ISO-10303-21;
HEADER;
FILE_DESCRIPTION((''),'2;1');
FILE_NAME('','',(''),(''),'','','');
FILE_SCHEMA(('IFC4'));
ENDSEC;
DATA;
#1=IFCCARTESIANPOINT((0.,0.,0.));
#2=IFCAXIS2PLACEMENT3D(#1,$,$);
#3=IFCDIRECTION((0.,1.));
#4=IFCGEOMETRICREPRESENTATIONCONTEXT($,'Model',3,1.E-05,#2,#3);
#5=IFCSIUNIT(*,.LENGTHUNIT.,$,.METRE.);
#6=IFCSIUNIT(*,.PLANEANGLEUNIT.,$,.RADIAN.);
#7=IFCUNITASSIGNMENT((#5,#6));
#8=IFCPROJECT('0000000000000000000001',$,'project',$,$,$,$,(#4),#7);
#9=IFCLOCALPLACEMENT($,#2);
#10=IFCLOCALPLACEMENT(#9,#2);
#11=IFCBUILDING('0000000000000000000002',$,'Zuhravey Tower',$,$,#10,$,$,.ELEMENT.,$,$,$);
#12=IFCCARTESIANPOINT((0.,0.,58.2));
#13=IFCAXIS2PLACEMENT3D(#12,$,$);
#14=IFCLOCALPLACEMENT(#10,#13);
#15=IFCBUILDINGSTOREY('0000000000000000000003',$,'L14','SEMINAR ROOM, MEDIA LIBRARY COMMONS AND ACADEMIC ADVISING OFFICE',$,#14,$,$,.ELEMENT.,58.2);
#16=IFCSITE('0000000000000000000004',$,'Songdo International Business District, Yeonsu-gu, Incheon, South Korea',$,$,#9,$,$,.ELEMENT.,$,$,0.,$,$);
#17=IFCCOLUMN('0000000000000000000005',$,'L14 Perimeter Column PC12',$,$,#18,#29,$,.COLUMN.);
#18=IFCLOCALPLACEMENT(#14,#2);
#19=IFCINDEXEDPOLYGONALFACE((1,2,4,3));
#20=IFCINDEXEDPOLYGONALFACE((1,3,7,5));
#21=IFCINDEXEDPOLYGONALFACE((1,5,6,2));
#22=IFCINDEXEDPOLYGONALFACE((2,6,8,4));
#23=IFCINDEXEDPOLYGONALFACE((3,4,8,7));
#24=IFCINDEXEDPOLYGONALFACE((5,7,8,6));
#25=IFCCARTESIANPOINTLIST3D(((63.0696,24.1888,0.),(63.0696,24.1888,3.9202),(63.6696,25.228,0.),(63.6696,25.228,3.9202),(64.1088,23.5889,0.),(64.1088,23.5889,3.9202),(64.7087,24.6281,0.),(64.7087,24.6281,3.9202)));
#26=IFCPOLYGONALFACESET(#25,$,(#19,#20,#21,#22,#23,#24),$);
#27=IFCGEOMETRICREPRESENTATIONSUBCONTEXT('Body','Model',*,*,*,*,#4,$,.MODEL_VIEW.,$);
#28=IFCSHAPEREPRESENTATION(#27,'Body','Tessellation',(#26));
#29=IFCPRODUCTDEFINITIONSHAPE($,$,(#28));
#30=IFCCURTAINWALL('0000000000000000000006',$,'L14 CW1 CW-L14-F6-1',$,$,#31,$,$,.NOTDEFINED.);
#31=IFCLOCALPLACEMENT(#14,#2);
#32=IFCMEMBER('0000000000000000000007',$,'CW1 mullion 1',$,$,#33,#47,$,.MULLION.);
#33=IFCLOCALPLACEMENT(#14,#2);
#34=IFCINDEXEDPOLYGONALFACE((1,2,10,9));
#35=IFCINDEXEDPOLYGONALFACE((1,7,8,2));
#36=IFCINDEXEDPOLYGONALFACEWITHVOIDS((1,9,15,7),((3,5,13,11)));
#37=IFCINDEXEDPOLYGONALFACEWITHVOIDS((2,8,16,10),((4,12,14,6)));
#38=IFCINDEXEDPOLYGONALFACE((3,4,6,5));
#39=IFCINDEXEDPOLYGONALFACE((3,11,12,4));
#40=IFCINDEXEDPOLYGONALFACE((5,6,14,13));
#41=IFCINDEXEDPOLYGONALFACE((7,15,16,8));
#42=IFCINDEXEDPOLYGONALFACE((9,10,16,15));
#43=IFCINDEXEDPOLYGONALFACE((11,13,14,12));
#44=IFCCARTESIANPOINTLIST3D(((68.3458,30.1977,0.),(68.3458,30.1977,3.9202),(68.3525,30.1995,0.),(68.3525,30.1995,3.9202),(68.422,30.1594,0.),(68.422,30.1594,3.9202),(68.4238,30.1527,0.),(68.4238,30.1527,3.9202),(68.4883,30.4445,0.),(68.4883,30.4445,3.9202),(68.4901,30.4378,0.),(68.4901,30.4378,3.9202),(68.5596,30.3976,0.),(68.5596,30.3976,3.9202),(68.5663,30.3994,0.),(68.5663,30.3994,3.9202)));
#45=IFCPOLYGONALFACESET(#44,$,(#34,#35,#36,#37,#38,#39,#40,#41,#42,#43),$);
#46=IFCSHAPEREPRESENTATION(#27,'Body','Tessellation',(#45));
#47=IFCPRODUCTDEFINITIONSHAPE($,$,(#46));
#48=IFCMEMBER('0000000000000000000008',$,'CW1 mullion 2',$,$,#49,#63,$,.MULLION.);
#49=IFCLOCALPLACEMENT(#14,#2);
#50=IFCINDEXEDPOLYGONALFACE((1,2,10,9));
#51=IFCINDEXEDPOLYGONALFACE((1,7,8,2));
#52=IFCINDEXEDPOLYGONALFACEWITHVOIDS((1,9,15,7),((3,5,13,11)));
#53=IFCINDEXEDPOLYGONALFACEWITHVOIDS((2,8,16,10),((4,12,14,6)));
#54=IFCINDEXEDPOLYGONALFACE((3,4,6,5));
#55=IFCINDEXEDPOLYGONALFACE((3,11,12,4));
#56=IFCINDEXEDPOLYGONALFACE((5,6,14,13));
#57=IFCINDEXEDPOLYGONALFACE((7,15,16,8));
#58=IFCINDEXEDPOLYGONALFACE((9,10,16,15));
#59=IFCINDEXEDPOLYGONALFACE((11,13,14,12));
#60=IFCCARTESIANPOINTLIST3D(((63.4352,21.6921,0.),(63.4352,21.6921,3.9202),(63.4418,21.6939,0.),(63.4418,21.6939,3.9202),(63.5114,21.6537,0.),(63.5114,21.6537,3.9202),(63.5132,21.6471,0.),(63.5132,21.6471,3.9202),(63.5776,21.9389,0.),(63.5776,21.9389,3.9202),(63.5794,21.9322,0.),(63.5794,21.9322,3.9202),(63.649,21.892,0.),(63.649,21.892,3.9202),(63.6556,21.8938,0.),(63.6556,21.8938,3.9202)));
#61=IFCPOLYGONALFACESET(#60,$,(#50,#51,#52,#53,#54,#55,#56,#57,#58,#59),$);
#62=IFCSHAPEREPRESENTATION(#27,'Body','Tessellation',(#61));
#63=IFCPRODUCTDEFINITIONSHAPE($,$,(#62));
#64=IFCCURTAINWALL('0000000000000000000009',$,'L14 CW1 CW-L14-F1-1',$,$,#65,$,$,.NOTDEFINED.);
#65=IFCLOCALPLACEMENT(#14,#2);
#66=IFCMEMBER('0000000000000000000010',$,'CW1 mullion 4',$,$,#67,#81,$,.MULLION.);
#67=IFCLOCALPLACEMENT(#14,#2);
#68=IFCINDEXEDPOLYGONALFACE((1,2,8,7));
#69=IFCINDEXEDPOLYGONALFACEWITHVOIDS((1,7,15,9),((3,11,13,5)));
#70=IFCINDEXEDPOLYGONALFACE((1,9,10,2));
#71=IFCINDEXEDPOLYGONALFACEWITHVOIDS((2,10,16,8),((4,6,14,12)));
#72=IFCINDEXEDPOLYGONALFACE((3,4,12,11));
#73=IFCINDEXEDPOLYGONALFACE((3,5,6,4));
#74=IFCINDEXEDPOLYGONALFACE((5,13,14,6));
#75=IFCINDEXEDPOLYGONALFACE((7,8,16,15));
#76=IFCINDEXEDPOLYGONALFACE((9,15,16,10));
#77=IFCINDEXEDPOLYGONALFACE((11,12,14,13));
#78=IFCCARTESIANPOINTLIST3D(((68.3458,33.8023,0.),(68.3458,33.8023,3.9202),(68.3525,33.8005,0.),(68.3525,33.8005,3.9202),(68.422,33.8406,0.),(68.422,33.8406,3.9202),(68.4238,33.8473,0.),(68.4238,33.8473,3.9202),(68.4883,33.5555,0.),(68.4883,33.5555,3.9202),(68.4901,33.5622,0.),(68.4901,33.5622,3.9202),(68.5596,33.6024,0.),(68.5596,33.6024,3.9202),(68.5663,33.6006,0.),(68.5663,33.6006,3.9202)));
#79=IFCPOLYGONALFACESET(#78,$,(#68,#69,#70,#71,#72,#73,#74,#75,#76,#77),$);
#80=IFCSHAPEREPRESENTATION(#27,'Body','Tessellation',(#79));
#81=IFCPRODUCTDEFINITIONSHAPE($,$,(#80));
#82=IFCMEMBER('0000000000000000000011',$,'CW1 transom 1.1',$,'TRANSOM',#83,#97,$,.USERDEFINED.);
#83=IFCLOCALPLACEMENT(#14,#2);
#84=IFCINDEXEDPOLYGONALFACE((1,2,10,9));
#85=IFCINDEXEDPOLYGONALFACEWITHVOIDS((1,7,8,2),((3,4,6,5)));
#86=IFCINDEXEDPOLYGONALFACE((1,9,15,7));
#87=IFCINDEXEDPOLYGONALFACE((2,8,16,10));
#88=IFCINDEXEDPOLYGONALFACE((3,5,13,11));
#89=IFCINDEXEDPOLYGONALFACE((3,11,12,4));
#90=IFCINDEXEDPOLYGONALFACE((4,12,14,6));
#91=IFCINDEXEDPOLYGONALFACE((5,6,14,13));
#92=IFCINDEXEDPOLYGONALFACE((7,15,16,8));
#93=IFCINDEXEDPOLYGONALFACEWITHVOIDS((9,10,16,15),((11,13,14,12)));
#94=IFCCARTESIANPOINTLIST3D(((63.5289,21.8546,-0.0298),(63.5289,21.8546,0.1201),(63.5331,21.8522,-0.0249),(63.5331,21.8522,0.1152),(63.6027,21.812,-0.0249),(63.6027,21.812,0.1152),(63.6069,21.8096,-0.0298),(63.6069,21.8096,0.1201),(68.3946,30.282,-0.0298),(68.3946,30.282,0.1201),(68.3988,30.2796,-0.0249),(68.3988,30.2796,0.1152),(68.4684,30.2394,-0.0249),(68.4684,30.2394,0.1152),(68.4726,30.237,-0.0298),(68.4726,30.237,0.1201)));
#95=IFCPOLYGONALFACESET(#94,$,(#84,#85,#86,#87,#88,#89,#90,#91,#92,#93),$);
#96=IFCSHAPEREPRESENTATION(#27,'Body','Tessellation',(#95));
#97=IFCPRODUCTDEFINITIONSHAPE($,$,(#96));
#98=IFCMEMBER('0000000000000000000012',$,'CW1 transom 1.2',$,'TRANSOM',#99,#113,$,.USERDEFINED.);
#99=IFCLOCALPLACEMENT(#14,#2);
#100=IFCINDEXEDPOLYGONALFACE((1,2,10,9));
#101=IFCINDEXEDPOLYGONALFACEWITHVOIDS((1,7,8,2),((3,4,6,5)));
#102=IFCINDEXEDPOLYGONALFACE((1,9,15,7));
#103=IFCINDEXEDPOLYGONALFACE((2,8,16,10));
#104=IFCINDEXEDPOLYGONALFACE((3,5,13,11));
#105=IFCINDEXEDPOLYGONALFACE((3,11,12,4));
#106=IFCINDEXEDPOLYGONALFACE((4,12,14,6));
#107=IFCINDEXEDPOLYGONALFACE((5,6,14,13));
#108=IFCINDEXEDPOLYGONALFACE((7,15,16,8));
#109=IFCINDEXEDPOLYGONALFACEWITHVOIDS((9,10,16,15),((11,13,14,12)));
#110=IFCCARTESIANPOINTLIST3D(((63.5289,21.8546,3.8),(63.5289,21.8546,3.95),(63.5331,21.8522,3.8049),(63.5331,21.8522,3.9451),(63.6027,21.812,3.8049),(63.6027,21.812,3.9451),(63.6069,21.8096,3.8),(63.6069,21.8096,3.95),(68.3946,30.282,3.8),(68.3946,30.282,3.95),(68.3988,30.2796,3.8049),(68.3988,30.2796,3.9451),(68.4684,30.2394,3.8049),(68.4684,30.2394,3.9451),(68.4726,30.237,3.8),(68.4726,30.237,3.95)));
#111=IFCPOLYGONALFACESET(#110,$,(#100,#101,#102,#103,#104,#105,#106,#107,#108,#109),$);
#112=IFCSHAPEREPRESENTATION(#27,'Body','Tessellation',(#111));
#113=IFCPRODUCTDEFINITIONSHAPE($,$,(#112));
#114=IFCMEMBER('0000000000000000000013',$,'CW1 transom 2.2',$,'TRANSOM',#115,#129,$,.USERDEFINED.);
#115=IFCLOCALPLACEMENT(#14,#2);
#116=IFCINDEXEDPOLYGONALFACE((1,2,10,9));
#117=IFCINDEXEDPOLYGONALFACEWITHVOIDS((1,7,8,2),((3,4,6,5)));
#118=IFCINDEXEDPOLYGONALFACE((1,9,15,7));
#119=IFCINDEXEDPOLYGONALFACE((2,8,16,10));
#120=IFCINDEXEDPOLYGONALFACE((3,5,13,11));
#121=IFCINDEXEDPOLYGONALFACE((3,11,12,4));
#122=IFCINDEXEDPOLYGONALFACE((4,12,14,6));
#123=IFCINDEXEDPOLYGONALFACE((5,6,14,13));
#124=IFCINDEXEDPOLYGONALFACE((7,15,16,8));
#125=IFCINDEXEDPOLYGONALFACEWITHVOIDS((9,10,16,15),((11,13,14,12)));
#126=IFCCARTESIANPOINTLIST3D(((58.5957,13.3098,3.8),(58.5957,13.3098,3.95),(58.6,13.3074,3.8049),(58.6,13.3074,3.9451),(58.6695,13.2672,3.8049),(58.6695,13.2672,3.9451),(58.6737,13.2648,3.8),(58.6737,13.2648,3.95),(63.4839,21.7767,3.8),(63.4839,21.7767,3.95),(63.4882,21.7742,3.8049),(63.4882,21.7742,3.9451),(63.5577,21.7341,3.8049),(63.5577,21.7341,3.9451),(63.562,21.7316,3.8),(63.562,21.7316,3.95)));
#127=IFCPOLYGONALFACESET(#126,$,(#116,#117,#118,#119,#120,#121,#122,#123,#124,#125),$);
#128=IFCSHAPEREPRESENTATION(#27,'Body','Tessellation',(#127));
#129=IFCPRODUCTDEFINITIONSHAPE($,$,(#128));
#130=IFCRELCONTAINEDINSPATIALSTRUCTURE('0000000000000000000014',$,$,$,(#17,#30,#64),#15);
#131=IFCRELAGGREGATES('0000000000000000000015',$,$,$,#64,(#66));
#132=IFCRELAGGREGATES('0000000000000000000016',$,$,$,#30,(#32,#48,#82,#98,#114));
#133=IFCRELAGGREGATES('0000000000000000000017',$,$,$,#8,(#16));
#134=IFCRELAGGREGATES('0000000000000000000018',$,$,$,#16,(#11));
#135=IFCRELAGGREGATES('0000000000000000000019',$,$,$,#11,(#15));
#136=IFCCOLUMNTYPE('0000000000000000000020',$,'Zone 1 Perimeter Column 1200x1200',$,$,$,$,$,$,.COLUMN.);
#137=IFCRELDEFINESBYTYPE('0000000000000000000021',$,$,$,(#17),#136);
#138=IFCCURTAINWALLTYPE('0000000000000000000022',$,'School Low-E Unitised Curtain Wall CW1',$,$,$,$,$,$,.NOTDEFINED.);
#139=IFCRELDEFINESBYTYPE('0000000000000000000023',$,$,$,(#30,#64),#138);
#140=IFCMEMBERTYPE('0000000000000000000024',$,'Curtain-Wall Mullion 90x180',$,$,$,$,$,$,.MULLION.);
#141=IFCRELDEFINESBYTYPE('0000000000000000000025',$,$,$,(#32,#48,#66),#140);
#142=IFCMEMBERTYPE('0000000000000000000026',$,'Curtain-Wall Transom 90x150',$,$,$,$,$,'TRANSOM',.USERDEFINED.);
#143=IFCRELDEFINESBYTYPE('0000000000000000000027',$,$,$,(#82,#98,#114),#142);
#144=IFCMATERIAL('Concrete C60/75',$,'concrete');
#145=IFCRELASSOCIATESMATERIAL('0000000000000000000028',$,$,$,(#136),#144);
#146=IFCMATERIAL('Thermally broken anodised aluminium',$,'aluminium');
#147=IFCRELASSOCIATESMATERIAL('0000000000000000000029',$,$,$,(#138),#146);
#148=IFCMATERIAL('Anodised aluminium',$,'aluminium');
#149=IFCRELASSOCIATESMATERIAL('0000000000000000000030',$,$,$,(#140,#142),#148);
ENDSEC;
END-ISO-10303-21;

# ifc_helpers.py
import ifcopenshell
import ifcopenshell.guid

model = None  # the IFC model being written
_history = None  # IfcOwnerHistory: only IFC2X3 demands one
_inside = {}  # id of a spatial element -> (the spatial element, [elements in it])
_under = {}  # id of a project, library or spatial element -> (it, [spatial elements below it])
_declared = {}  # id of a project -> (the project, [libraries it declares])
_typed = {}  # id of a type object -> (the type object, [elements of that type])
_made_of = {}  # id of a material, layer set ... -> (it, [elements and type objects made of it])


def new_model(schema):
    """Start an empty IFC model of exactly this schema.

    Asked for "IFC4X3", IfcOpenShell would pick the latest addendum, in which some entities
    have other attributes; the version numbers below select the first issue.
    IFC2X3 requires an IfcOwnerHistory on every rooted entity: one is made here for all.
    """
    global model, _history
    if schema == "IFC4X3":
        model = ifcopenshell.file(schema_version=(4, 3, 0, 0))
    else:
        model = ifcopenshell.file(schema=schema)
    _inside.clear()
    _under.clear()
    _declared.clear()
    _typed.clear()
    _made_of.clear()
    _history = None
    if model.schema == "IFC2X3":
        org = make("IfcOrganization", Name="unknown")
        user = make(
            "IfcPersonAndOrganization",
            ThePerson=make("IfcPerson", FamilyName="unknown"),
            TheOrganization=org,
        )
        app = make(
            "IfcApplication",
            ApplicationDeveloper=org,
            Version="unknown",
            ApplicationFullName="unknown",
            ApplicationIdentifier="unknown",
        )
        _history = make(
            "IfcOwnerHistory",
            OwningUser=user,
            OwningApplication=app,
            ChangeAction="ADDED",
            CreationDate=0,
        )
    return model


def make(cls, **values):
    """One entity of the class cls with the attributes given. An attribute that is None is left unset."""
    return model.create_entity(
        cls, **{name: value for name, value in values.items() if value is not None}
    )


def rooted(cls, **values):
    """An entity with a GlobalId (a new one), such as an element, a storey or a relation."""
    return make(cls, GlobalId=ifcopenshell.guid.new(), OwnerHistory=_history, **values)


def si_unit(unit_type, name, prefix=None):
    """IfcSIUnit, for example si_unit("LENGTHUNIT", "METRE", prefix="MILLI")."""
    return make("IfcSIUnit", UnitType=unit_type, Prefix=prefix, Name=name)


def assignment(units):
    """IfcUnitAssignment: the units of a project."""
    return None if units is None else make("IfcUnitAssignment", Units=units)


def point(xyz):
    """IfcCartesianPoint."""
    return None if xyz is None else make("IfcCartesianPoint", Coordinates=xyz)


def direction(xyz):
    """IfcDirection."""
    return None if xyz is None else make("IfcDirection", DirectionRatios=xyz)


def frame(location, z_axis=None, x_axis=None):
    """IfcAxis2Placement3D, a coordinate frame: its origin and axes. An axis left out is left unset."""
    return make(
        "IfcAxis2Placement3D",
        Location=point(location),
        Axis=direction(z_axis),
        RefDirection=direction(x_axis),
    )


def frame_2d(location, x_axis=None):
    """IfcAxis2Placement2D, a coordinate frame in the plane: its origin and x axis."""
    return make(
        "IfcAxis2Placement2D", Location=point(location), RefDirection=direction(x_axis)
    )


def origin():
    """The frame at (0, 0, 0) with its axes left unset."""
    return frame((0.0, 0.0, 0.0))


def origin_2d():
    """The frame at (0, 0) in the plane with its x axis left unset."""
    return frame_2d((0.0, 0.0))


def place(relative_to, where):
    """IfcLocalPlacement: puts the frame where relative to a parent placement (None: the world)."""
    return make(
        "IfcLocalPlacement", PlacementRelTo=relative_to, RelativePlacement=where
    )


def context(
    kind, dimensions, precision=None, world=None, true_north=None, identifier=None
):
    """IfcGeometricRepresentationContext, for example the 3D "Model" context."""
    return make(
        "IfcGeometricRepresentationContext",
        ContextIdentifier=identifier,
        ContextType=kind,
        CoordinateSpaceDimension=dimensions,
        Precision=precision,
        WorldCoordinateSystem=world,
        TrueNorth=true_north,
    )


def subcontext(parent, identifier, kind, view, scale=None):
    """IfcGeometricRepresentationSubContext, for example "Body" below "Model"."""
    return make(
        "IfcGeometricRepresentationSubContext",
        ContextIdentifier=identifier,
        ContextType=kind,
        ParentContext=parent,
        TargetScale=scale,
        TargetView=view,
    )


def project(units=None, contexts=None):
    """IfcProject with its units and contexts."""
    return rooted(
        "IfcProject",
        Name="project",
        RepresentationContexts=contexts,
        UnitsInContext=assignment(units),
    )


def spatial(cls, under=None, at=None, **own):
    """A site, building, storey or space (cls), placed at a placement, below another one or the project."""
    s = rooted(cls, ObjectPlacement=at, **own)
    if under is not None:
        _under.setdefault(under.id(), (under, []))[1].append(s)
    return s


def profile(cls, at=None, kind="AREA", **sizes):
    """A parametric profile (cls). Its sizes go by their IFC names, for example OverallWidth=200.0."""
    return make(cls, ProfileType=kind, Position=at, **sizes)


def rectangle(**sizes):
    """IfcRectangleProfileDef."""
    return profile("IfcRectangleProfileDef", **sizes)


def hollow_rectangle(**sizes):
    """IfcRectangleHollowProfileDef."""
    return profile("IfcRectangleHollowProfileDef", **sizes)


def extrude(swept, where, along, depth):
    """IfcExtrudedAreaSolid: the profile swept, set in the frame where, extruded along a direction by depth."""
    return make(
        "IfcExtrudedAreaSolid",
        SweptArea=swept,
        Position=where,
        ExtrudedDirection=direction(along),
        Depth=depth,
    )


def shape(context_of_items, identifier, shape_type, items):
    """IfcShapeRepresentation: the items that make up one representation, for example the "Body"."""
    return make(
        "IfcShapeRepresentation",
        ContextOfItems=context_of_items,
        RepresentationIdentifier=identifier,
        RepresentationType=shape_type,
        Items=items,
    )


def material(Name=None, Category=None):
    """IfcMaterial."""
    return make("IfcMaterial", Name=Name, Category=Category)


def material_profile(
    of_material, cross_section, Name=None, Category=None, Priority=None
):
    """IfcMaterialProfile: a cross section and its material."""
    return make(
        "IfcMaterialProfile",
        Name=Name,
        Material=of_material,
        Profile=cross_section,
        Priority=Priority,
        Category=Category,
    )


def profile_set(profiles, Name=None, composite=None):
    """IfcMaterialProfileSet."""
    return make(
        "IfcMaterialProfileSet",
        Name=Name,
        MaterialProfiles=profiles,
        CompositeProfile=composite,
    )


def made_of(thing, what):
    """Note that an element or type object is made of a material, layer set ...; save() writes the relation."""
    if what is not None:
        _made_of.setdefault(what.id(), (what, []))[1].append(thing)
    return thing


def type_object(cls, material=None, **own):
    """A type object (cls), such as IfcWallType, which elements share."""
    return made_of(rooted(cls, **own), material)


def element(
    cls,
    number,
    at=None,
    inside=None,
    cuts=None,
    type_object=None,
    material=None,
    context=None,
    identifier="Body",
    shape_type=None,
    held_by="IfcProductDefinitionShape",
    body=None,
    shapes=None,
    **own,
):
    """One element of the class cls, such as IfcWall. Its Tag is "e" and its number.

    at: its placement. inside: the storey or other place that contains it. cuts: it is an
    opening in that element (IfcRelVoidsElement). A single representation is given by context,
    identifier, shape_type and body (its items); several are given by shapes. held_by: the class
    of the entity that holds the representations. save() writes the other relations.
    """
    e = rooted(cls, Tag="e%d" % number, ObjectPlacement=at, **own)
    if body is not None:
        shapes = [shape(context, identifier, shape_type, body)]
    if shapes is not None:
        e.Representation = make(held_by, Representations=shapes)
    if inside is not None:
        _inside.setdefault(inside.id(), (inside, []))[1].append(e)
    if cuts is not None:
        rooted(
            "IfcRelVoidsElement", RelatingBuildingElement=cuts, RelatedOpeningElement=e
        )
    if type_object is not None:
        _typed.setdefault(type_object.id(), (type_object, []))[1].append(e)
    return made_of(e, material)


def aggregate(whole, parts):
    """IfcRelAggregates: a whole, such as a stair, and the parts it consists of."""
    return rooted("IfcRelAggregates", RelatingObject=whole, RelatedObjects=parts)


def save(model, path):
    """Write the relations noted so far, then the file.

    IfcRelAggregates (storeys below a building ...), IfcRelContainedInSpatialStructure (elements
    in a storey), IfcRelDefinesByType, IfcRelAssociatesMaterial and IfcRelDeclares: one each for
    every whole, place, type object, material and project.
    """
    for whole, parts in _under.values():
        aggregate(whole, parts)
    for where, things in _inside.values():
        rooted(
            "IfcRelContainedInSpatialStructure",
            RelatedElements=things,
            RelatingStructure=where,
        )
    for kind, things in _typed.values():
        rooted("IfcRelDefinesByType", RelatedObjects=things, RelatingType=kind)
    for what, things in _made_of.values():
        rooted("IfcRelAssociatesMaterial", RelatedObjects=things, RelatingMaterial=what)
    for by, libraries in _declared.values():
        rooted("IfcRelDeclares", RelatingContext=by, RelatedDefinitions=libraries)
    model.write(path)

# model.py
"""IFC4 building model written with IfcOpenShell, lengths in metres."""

from ifc_helpers import new_model, si_unit, direction, frame, origin, origin_2d, place, context, subcontext, project, spatial, rectangle, hollow_rectangle, extrude, material, material_profile, profile_set, type_object, element, aggregate, save


model = new_model("IFC4")

# Units and contexts
model_context = context("Model", 3, precision=1e-05, world=origin(), true_north=direction((0.0, 1.0)))
body_context = subcontext(model_context, "Body", "Model", "MODEL_VIEW")
ifc_project = project(units=[si_unit("LENGTHUNIT", "METRE"), si_unit("PLANEANGLEUNIT", "RADIAN")], contexts=[model_context])

# Site, building, storey
site_placement = place(None, origin())
site = spatial("IfcSite", under=ifc_project, at=site_placement, Name="Songdo International Business District, Yeonsu-gu, Incheon, South Korea", CompositionType="ELEMENT", RefElevation=0.0)
building_placement = place(site_placement, origin())
building = spatial("IfcBuilding", under=site, at=building_placement, Name="Zuhravey Tower", CompositionType="ELEMENT")
storey_placement = place(building_placement, frame((0.0, 0.0, 58.2)))
storey = spatial("IfcBuildingStorey", under=building, at=storey_placement, Name="L14", Description="SEMINAR ROOM, MEDIA LIBRARY COMMONS AND ACADEMIC ADVISING OFFICE", CompositionType="ELEMENT", Elevation=58.2)

# Column
ifc_material_1 = material(Name="Concrete C60/75", Category="concrete")
ifc_material_profile_1 = material_profile(ifc_material_1, rectangle(XDim=1.2, YDim=1.2, at=origin_2d()), Name="RC-1200x1200")
ifc_profile_set_1 = profile_set([ifc_material_profile_1], Name="Concrete C60/75")
column_type = type_object("IfcColumnType", Name="Zone 1 Perimeter Column 1200x1200", PredefinedType="COLUMN", material=ifc_profile_set_1)
column_placement = place(storey_placement, frame((63.8892, 24.4084, 0.0), z_axis=(0.0, 0.0, 1.0), x_axis=(0.5, 0.866025, 0.0)))
element("IfcColumn", 1, at=column_placement, inside=storey, type_object=column_type, Name="L14 Perimeter Column PC12", PredefinedType="COLUMN", context=body_context, shape_type="SweptSolid", body=[
    extrude(rectangle(XDim=1.2, YDim=1.2, at=origin_2d()), origin(), (0.0, 0.0, 1.0), 3.9202),
])

# Curtain wall, members
ifc_material_2 = material(Name="Thermally broken anodised aluminium", Category="aluminium")
curtain_wall_type = type_object("IfcCurtainWallType", Name="School Low-E Unitised Curtain Wall CW1", PredefinedType="NOTDEFINED", material=ifc_material_2)
curtain_wall_1_placement = place(storey_placement, origin())
curtain_wall_1 = element("IfcCurtainWall", 2, at=curtain_wall_1_placement, inside=storey, type_object=curtain_wall_type, Name="L14 CW1 CW-L14-F6-1", PredefinedType="NOTDEFINED")
ifc_material_3 = material(Name="Anodised aluminium", Category="aluminium")
ifc_material_profile_2 = material_profile(ifc_material_3, hollow_rectangle(XDim=0.0901, YDim=0.2849, WallThickness=0.0049, at=origin_2d()), Name="ALU-RHS-90x285x5")
ifc_profile_set_2 = profile_set([ifc_material_profile_2], Name="Anodised aluminium")
member_type_1 = type_object("IfcMemberType", Name="Curtain-Wall Mullion 90x180", PredefinedType="MULLION", material=ifc_profile_set_2)
member_1_placement = place(storey_placement, frame((68.4561, 30.2986, 0.0), z_axis=(0.0, 0.0, 1.0), x_axis=(0.866026, -0.5, 0.0)))
member_1 = element("IfcMember", 3, at=member_1_placement, type_object=member_type_1, Name="CW1 mullion 1", PredefinedType="MULLION", context=body_context, shape_type="SweptSolid", body=[
    extrude(hollow_rectangle(XDim=0.0901, YDim=0.2849, WallThickness=0.0049, at=origin_2d()), origin(), (0.0, 0.0, 1.0), 3.9202),
])
member_2_placement = place(storey_placement, frame((63.5454, 21.793, 0.0), z_axis=(0.0, 0.0, 1.0), x_axis=(0.866026, -0.5, 0.0)))
member_2 = element("IfcMember", 4, at=member_2_placement, type_object=member_type_1, Name="CW1 mullion 2", PredefinedType="MULLION", context=body_context, shape_type="SweptSolid", body=[
    extrude(hollow_rectangle(XDim=0.0901, YDim=0.2849, WallThickness=0.0049, at=origin_2d()), origin(), (0.0, 0.0, 1.0), 3.9202),
])

# Curtain wall, member
curtain_wall_2_placement = place(storey_placement, origin())
curtain_wall_2 = element("IfcCurtainWall", 5, at=curtain_wall_2_placement, inside=storey, type_object=curtain_wall_type, Name="L14 CW1 CW-L14-F1-1", PredefinedType="NOTDEFINED")
member_3_placement = place(storey_placement, frame((68.4561, 33.7014, 0.0), z_axis=(0.0, 0.0, 1.0), x_axis=(0.866026, 0.5, 0.0)))
member_3 = element("IfcMember", 6, at=member_3_placement, type_object=member_type_1, Name="CW1 mullion 4", PredefinedType="MULLION", context=body_context, shape_type="SweptSolid", body=[
    extrude(hollow_rectangle(XDim=0.0901, YDim=0.2849, WallThickness=0.0049, at=origin_2d()), origin(), (0.0, 0.0, 1.0), 3.9202),
])
aggregate(curtain_wall_2, [member_3])

# Members
ifc_material_profile_3 = material_profile(ifc_material_3, hollow_rectangle(XDim=0.0901, YDim=0.1499, WallThickness=0.0049, at=origin_2d()), Name="ALU-RHS-90x150x5")
ifc_profile_set_3 = profile_set([ifc_material_profile_3], Name="Anodised aluminium")
member_type_2 = type_object("IfcMemberType", Name="Curtain-Wall Transom 90x150", ElementType="TRANSOM", PredefinedType="USERDEFINED", material=ifc_profile_set_3)
member_4_placement = place(storey_placement, frame((68.4336, 30.2595, 0.0452), z_axis=(-0.500008, -0.866021, 0.0), x_axis=(0.866021, -0.500008, 0.0)))
member_4 = element("IfcMember", 7, at=member_4_placement, type_object=member_type_2, Name="CW1 transom 1.1", ObjectType="TRANSOM", PredefinedType="USERDEFINED", context=body_context, shape_type="SweptSolid", body=[
    extrude(hollow_rectangle(XDim=0.0901, YDim=0.1499, WallThickness=0.0049, at=origin_2d()), origin(), (0.0, 0.0, 1.0), 9.7312),
])
member_5_placement = place(storey_placement, frame((68.4336, 30.2595, 3.875), z_axis=(-0.500008, -0.866021, 0.0), x_axis=(0.866021, -0.500008, 0.0)))
member_5 = element("IfcMember", 8, at=member_5_placement, type_object=member_type_2, Name="CW1 transom 1.2", ObjectType="TRANSOM", PredefinedType="USERDEFINED", context=body_context, shape_type="SweptSolid", body=[
    extrude(hollow_rectangle(XDim=0.0901, YDim=0.1499, WallThickness=0.0049, at=origin_2d()), origin(), (0.0, 0.0, 1.0), 9.7312),
])
member_6_placement = place(storey_placement, frame((63.5229, 21.7542, 3.875), z_axis=(-0.49999, -0.866031, 0.0), x_axis=(0.866031, -0.49999, 0.0)))
member_6 = element("IfcMember", 9, at=member_6_placement, type_object=member_type_2, Name="CW1 transom 2.2", ObjectType="TRANSOM", PredefinedType="USERDEFINED", context=body_context, shape_type="SweptSolid", body=[
    extrude(hollow_rectangle(XDim=0.0901, YDim=0.1499, WallThickness=0.0049, at=origin_2d()), origin(), (0.0, 0.0, 1.0), 9.7766),
])

aggregate(curtain_wall_1, [member_1, member_2, member_4, member_5, member_6])

save(model, "model.ifc")
